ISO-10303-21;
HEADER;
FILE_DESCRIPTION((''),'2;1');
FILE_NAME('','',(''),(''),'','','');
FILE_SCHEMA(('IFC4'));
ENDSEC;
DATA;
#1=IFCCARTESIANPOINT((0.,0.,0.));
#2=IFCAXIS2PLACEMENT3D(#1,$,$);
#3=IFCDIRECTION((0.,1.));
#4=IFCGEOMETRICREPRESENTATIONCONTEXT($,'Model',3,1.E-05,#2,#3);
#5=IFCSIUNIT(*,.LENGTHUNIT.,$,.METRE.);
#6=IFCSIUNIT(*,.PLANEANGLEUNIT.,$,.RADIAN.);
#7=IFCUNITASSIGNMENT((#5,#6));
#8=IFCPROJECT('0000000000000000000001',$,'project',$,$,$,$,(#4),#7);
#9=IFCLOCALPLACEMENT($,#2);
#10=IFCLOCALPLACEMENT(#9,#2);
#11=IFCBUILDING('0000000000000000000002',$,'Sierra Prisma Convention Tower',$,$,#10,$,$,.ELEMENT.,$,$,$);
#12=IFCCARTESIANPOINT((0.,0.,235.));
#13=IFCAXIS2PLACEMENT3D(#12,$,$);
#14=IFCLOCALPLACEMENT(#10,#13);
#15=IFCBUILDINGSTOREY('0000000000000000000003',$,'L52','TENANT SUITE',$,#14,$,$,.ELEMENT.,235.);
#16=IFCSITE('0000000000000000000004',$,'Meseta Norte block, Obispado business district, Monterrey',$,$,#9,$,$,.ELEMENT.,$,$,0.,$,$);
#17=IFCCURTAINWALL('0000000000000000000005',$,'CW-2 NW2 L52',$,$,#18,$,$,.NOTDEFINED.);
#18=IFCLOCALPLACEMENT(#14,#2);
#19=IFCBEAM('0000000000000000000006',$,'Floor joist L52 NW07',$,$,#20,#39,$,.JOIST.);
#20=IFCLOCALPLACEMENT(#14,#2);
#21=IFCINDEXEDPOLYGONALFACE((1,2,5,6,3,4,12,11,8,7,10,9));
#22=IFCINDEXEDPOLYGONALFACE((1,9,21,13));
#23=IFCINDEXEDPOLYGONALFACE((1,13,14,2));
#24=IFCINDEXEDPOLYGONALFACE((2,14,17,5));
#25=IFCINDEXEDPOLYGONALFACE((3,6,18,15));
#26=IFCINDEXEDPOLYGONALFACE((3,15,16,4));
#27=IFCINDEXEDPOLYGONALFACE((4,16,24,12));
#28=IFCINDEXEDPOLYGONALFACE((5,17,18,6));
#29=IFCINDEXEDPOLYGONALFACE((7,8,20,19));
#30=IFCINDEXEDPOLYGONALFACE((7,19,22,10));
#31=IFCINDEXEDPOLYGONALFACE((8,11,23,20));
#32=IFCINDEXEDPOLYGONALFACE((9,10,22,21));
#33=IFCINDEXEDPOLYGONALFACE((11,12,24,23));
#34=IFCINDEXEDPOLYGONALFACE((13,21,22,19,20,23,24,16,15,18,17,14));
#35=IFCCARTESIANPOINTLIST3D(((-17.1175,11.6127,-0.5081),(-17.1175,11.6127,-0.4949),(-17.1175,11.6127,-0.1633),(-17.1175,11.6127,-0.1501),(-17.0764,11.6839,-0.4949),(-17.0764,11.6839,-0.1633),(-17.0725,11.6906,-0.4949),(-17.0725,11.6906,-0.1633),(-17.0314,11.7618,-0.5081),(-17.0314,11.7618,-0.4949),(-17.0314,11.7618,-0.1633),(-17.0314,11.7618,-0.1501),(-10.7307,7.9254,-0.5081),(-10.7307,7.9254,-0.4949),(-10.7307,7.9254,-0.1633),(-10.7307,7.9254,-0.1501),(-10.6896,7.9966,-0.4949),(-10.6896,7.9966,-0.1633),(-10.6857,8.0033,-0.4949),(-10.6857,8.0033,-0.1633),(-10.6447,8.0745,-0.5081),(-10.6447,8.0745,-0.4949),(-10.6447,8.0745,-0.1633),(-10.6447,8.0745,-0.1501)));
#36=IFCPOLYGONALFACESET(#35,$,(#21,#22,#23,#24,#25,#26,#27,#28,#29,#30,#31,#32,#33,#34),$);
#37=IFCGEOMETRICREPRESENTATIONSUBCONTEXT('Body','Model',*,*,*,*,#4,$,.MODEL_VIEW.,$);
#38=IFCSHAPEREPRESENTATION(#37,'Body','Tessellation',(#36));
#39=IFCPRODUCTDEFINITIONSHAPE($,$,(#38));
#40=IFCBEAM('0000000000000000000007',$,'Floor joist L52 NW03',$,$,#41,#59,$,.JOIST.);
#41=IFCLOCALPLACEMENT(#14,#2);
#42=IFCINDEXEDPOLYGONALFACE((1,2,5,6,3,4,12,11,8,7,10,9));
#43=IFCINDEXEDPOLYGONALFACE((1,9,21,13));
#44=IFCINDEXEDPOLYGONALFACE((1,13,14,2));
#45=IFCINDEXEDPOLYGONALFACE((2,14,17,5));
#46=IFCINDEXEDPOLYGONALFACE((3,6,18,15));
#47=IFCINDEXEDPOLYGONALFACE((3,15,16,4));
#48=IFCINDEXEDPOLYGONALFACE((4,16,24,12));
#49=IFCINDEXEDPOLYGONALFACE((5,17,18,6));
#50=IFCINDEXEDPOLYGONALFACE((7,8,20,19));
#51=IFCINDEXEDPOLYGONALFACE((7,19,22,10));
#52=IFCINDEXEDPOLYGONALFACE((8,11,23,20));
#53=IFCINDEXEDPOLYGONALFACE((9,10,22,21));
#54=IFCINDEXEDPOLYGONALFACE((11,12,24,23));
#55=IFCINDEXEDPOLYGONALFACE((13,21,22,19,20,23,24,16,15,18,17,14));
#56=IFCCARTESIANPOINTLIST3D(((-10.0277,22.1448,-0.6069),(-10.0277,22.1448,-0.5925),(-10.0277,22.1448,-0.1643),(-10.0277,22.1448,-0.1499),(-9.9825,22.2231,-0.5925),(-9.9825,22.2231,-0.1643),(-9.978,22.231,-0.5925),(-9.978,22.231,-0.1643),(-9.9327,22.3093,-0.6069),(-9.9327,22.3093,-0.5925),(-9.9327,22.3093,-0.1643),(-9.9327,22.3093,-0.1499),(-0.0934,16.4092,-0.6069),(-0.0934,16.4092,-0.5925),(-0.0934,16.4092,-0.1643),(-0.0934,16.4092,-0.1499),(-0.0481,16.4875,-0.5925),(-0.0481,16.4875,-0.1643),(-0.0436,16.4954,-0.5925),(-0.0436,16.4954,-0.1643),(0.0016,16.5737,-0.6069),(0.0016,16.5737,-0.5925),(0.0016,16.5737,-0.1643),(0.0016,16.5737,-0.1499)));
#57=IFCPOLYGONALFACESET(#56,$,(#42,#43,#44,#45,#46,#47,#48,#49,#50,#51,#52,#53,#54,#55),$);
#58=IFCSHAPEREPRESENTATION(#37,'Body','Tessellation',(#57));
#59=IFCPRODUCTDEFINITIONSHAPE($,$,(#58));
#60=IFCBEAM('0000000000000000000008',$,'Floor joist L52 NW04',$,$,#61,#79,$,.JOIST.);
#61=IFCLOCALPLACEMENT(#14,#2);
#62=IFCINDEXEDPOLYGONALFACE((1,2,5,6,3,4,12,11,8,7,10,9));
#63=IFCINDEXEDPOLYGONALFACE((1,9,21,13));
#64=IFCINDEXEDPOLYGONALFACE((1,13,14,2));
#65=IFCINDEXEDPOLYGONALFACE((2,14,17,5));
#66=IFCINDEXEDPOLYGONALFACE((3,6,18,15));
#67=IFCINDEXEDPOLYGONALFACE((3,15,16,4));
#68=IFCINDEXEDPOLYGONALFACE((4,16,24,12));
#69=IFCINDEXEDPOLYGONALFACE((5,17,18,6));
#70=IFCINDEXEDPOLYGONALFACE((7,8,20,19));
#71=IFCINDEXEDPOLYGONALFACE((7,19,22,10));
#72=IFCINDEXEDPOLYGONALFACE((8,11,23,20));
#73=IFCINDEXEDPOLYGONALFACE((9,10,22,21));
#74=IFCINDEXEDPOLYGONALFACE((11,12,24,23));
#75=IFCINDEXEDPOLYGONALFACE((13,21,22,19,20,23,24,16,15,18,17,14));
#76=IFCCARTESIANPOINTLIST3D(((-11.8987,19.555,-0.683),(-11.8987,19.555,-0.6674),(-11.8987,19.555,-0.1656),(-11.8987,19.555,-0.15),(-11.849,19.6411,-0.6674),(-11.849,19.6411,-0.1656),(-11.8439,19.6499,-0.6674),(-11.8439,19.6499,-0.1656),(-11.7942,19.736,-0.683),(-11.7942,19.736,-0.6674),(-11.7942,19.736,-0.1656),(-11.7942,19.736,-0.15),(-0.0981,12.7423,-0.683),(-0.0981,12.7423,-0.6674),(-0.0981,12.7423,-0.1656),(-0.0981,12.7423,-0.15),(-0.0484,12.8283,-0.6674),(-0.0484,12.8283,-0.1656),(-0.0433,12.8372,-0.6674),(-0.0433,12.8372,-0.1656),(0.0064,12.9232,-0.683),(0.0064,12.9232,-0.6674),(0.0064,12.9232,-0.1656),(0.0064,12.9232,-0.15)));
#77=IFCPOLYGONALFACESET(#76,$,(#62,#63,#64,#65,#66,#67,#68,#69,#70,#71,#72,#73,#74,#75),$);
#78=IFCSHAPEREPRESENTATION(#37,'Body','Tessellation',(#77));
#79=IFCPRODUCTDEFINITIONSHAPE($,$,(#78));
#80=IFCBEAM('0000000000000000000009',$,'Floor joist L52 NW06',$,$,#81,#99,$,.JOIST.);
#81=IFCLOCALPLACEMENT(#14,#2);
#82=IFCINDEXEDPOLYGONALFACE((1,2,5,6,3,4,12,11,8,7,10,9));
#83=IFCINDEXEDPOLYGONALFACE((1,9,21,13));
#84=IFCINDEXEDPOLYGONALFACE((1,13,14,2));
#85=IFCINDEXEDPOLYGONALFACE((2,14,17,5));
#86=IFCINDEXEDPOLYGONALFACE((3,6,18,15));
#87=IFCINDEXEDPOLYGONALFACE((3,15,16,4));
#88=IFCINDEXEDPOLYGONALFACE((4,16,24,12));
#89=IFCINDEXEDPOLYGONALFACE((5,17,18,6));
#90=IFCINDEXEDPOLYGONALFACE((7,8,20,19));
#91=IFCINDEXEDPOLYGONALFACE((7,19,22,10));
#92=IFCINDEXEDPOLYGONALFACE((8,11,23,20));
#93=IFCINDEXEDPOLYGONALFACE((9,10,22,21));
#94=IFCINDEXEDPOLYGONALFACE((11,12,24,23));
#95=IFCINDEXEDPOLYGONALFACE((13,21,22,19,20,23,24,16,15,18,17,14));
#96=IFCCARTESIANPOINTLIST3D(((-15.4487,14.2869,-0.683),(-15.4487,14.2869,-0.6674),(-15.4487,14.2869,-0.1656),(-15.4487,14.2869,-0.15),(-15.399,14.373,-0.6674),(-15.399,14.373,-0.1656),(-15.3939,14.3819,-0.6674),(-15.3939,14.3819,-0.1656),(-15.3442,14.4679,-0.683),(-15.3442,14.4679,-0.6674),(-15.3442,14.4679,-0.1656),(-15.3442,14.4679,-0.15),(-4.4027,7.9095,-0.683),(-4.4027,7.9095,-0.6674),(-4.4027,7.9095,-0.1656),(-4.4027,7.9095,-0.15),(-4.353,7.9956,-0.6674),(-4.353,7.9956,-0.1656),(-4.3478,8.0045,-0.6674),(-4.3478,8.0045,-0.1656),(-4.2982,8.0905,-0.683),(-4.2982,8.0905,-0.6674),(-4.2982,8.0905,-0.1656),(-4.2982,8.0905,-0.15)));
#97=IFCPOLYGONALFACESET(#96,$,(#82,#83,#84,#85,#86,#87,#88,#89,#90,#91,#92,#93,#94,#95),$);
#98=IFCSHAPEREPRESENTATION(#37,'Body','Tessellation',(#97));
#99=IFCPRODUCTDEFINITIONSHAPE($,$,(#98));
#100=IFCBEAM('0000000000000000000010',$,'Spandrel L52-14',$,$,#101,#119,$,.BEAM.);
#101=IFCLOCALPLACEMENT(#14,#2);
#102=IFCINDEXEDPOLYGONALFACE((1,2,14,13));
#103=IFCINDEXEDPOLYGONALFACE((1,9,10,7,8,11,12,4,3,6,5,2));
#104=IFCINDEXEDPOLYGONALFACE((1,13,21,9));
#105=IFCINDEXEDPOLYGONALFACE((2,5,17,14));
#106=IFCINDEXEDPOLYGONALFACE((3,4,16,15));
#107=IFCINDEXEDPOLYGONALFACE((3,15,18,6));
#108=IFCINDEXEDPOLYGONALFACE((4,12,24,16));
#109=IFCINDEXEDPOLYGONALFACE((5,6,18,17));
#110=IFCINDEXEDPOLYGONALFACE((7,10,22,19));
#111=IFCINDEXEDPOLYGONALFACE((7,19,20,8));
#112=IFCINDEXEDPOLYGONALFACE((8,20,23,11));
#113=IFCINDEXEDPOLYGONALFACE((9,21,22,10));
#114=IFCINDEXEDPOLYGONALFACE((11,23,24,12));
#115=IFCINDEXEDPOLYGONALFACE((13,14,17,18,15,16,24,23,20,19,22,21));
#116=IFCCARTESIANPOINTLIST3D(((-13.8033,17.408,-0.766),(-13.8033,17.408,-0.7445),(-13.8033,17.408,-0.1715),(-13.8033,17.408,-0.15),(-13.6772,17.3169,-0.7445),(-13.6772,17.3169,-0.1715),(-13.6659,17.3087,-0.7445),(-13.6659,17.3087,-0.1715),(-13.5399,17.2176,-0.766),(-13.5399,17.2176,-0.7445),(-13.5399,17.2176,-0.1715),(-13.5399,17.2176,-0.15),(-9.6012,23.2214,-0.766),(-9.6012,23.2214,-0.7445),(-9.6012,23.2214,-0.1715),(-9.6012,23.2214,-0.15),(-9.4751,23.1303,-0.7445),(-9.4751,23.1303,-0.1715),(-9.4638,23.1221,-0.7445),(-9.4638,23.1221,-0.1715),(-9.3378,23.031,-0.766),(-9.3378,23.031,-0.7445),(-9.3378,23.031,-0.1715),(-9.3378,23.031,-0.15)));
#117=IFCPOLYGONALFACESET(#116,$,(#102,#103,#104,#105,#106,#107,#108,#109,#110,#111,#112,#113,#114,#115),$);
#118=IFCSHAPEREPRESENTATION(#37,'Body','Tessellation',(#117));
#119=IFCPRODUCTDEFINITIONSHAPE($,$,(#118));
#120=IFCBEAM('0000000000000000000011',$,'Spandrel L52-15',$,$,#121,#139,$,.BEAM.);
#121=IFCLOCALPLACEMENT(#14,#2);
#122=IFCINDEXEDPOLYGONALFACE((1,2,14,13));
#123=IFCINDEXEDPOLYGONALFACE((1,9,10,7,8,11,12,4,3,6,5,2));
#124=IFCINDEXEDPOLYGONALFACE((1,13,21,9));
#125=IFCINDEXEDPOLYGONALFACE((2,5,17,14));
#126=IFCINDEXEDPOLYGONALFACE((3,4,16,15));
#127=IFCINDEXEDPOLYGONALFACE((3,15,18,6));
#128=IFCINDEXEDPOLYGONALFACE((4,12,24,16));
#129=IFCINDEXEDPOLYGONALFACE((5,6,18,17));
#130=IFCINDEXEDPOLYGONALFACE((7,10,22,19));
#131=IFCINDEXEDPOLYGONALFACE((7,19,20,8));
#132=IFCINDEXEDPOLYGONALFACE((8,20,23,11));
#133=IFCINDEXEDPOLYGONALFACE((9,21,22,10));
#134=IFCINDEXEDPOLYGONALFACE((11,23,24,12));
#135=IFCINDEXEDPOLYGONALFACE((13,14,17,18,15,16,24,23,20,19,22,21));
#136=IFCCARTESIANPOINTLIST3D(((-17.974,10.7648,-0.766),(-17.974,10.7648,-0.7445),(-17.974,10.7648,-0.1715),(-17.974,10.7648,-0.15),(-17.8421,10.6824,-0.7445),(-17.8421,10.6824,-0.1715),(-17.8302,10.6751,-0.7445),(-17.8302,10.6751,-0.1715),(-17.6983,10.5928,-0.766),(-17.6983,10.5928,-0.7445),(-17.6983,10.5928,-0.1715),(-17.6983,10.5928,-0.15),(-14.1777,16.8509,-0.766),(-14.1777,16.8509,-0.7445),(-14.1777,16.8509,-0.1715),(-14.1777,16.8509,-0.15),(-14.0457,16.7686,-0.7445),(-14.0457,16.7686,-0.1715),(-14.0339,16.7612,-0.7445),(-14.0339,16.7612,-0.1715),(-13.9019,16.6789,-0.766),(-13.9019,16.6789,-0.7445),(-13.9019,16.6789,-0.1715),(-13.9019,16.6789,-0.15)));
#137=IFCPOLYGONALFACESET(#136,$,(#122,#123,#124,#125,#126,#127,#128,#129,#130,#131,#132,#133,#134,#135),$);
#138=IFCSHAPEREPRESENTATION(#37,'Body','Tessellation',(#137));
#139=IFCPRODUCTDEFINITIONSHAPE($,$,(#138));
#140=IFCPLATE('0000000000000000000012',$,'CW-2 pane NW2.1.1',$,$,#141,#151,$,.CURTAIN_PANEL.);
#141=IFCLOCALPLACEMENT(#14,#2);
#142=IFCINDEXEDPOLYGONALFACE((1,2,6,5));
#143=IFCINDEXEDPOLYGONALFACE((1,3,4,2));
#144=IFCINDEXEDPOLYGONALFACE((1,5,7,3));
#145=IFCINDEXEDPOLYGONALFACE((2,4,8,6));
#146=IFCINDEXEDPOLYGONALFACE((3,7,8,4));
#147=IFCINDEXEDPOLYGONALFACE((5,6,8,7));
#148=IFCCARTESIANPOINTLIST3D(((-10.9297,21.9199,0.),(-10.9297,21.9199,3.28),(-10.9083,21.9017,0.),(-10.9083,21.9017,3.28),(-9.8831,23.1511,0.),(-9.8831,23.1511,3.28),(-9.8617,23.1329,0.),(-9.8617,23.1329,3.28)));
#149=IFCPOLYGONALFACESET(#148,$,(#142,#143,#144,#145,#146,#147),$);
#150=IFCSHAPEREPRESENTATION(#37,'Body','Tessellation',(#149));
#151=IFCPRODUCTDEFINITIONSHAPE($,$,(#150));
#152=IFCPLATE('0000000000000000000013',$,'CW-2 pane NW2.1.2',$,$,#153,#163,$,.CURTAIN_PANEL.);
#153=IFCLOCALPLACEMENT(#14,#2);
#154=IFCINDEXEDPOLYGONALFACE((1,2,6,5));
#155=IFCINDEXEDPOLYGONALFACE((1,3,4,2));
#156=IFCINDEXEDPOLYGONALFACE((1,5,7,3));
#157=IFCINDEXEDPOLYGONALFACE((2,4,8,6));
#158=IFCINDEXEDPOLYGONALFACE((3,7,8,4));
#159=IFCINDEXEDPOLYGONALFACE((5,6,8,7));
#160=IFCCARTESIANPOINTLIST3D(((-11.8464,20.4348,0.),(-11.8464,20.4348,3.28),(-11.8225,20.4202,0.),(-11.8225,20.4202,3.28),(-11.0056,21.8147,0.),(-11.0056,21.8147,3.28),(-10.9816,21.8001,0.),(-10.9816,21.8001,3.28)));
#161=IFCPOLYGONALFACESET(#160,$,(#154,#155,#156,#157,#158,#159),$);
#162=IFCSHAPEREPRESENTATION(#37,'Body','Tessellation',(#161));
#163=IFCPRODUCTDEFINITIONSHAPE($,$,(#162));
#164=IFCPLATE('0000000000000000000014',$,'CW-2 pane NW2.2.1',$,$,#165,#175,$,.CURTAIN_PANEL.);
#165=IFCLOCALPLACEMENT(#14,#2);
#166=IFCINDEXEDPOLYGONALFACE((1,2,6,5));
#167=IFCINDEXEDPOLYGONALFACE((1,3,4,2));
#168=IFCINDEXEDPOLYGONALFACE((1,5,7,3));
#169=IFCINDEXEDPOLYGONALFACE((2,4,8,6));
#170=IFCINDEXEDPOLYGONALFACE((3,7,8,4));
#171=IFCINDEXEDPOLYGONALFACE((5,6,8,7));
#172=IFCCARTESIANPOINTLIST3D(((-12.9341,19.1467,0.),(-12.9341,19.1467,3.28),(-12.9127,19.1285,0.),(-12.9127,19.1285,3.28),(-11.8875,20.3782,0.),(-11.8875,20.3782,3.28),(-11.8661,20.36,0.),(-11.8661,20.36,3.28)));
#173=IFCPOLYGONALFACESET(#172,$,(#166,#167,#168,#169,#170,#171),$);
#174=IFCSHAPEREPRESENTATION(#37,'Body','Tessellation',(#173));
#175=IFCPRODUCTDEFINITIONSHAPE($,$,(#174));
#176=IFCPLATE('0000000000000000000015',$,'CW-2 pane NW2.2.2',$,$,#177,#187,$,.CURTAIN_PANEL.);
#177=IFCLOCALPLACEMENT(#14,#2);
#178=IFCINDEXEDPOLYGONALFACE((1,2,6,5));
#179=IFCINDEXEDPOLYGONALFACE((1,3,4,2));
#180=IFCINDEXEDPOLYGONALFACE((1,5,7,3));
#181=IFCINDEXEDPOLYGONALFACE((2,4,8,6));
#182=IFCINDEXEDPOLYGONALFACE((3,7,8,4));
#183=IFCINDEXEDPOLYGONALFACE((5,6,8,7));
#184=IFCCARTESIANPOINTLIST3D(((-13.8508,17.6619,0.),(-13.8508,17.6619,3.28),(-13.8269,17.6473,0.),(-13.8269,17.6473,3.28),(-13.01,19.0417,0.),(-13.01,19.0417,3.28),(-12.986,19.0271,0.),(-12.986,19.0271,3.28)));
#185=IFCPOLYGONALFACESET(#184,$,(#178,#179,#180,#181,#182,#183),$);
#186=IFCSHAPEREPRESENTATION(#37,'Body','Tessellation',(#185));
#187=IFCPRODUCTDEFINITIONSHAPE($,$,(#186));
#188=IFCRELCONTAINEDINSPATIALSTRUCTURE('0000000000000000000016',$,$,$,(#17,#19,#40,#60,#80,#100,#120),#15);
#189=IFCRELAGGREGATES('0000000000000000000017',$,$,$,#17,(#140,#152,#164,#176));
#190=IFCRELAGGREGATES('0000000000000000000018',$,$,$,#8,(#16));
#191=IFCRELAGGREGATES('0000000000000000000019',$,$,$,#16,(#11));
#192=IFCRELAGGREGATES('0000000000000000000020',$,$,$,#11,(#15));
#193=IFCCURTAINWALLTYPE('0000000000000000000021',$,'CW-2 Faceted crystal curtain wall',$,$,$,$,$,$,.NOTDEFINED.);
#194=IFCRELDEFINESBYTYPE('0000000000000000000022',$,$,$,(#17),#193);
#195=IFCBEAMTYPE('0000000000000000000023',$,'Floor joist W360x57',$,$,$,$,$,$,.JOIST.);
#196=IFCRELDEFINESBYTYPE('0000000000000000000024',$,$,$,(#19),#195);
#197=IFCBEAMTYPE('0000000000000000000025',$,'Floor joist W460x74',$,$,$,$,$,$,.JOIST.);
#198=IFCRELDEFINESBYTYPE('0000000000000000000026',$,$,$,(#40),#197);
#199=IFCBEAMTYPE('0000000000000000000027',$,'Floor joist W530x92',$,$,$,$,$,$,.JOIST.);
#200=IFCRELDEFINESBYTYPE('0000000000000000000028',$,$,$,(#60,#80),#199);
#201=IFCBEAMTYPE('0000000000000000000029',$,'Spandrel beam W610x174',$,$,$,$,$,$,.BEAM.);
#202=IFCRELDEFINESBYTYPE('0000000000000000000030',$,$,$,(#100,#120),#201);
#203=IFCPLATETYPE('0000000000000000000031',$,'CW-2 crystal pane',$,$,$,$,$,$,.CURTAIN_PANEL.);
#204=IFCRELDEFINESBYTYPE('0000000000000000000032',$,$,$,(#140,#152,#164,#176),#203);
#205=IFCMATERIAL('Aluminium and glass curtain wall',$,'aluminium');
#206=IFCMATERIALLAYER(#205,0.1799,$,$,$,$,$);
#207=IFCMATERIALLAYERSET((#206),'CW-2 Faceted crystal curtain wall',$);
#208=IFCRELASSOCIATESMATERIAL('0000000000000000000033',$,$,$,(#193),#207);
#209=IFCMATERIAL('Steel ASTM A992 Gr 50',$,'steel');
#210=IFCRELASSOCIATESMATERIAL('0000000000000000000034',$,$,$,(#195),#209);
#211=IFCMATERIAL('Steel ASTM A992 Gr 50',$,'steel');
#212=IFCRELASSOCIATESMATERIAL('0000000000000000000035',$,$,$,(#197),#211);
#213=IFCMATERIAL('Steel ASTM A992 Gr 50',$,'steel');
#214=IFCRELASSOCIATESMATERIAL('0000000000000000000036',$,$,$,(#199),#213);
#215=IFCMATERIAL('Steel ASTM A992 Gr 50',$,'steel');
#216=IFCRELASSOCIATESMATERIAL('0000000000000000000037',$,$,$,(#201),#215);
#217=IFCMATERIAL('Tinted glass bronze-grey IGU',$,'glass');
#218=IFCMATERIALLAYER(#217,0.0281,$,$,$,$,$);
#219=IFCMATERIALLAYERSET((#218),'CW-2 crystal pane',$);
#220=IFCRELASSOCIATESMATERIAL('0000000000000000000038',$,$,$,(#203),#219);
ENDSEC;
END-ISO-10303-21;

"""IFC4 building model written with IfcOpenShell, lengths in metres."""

from ifc_helpers import new_model, si_unit, direction, frame, origin, origin_2d, place, context, subcontext, project, spatial, polyline, i_section, outline, extrude, material, layer, layer_set, material_profile, profile_set, type_object, element, aggregate, save


model = new_model("IFC4")

# Units and contexts
model_context = context("Model", 3, precision=1e-05, world=origin(), true_north=direction((0.0, 1.0)))
body_context = subcontext(model_context, "Body", "Model", "MODEL_VIEW")
ifc_project = project(units=[si_unit("LENGTHUNIT", "METRE"), si_unit("PLANEANGLEUNIT", "RADIAN")], contexts=[model_context])

# Site, building, storey
site_placement = place(None, origin())
site = spatial("IfcSite", under=ifc_project, at=site_placement, Name="Meseta Norte block, Obispado business district, Monterrey", CompositionType="ELEMENT", RefElevation=0.0)
building_placement = place(site_placement, origin())
building = spatial("IfcBuilding", under=site, at=building_placement, Name="Sierra Prisma Convention Tower", CompositionType="ELEMENT")
storey_placement = place(building_placement, frame((0.0, 0.0, 235.0)))
storey = spatial("IfcBuildingStorey", under=building, at=storey_placement, Name="L52", Description="TENANT SUITE", CompositionType="ELEMENT", Elevation=235.0)

# Curtain wall
ifc_material_1 = material(Name="Aluminium and glass curtain wall", Category="aluminium")
ifc_layer_1 = layer(ifc_material_1, 0.1799)
ifc_layer_set_1 = layer_set([ifc_layer_1], Name="CW-2 Faceted crystal curtain wall")
curtain_wall_type = type_object("IfcCurtainWallType", Name="CW-2 Faceted crystal curtain wall", PredefinedType="NOTDEFINED", material=ifc_layer_set_1)
curtain_wall_1_placement = place(storey_placement, origin())
curtain_wall_1 = element("IfcCurtainWall", 1, at=curtain_wall_1_placement, inside=storey, type_object=curtain_wall_type, Name="CW-2 NW2 L52", PredefinedType="NOTDEFINED")

# Beams
ifc_material_2 = material(Name="Steel ASTM A992 Gr 50", Category="steel")
ifc_material_profile_1 = material_profile(ifc_material_2, i_section(OverallWidth=0.1721, OverallDepth=0.3579, WebThickness=0.0078, FlangeThickness=0.0132, at=origin_2d()), Name="W360x57")
ifc_profile_set_1 = profile_set([ifc_material_profile_1], Name="Steel ASTM A992 Gr 50")
beam_type_1 = type_object("IfcBeamType", Name="Floor joist W360x57", PredefinedType="JOIST", material=ifc_profile_set_1)
beam_1_placement = place(storey_placement, frame((-17.0745, 11.6873, -0.3291), z_axis=(0.866032, -0.499988, 0.0), x_axis=(0.499988, 0.866032, 0.0)))
element("IfcBeam", 2, at=beam_1_placement, inside=storey, type_object=beam_type_1, Name="Floor joist L52 NW07", PredefinedType="JOIST", context=body_context, shape_type="SweptSolid", body=[
    extrude(i_section(OverallWidth=0.1721, OverallDepth=0.3579, WebThickness=0.0078, FlangeThickness=0.0132, at=origin_2d()), origin(), (0.0, 0.0, 1.0), 7.3748),
])
ifc_material_3 = material(Name="Steel ASTM A992 Gr 50", Category="steel")
ifc_material_profile_2 = material_profile(ifc_material_3, i_section(OverallWidth=0.1899, OverallDepth=0.457, WebThickness=0.009, FlangeThickness=0.0144, at=origin_2d()), Name="W460x74")
ifc_profile_set_2 = profile_set([ifc_material_profile_2], Name="Steel ASTM A992 Gr 50")
beam_type_2 = type_object("IfcBeamType", Name="Floor joist W460x74", PredefinedType="JOIST", material=ifc_profile_set_2)
beam_2_placement = place(storey_placement, frame((-9.9802, 22.2271, -0.3784), z_axis=(0.866025, -0.500001, 0.0), x_axis=(0.500001, 0.866025, 0.0)))
element("IfcBeam", 3, at=beam_2_placement, inside=storey, type_object=beam_type_2, Name="Floor joist L52 NW03", PredefinedType="JOIST", context=body_context, shape_type="SweptSolid", body=[
    extrude(i_section(OverallWidth=0.1899, OverallDepth=0.457, WebThickness=0.009, FlangeThickness=0.0144, at=origin_2d()), origin(), (0.0, 0.0, 1.0), 11.4712),
])
ifc_material_4 = material(Name="Steel ASTM A992 Gr 50", Category="steel")
ifc_material_profile_3 = material_profile(ifc_material_4, i_section(OverallWidth=0.209, OverallDepth=0.533, WebThickness=0.0103, FlangeThickness=0.0156, at=origin_2d()), Name="W530x92")
ifc_profile_set_3 = profile_set([ifc_material_profile_3], Name="Steel ASTM A992 Gr 50")
beam_type_3 = type_object("IfcBeamType", Name="Floor joist W530x92", PredefinedType="JOIST", material=ifc_profile_set_3)
beam_3_placement = place(storey_placement, frame((-11.8464, 19.6455, -0.4165), z_axis=(0.866035, -0.499984, 0.0), x_axis=(0.499984, 0.866035, 0.0)))
element("IfcBeam", 4, at=beam_3_placement, inside=storey, type_object=beam_type_3, Name="Floor joist L52 NW04", PredefinedType="JOIST", context=body_context, shape_type="SweptSolid", body=[
    extrude(i_section(OverallWidth=0.209, OverallDepth=0.533, WebThickness=0.0103, FlangeThickness=0.0156, at=origin_2d()), origin(), (0.0, 0.0, 1.0), 13.626),
])
beam_4_placement = place(storey_placement, frame((-15.3965, 14.3774, -0.4165), z_axis=(0.866027, -0.499997, 0.0), x_axis=(0.499997, 0.866027, 0.0)))
element("IfcBeam", 5, at=beam_4_placement, inside=storey, type_object=beam_type_3, Name="Floor joist L52 NW06", PredefinedType="JOIST", context=body_context, shape_type="SweptSolid", body=[
    extrude(i_section(OverallWidth=0.209, OverallDepth=0.533, WebThickness=0.0103, FlangeThickness=0.0156, at=origin_2d()), origin(), (0.0, 0.0, 1.0), 12.7549),
])
ifc_material_5 = material(Name="Steel ASTM A992 Gr 50", Category="steel")
ifc_material_profile_4 = material_profile(ifc_material_5, i_section(OverallWidth=0.325, OverallDepth=0.616, WebThickness=0.0139, FlangeThickness=0.0215, at=origin_2d()), Name="W610x174")
ifc_profile_set_4 = profile_set([ifc_material_profile_4], Name="Steel ASTM A992 Gr 50")
beam_type_4 = type_object("IfcBeamType", Name="Spandrel beam W610x174", PredefinedType="BEAM", material=ifc_profile_set_4)
for number, where, z_axis, x_axis, name in (
    (6, (-9.4695, 23.1262, -0.458), (-0.585814, -0.810446, 0.0), (0.810446, -0.585814, 0.0), "Spandrel L52-14"),
    (7, (-14.0398, 16.7649, -0.458), (-0.529249, -0.848466, 0.0), (0.848466, -0.529249, 0.0), "Spandrel L52-15"),
):
    element("IfcBeam", number, at=place(storey_placement, frame(where, z_axis=z_axis, x_axis=x_axis)), inside=storey, type_object=beam_type_4, Name=name, PredefinedType="BEAM", context=body_context, shape_type="SweptSolid", body=[
        extrude(i_section(OverallWidth=0.325, OverallDepth=0.616, WebThickness=0.0139, FlangeThickness=0.0215, at=origin_2d()), origin(), (0.0, 0.0, 1.0), 7.1731),
    ])

# Plates
ifc_material_6 = material(Name="Tinted glass bronze-grey IGU", Category="glass")
ifc_layer_2 = layer(ifc_material_6, 0.0281)
ifc_layer_set_2 = layer_set([ifc_layer_2], Name="CW-2 crystal pane")
plate_type = type_object("IfcPlateType", Name="CW-2 crystal pane", PredefinedType="CURTAIN_PANEL", material=ifc_layer_set_2)
plate_1_placement = place(storey_placement, frame((-9.8831, 23.1511, 0.0), z_axis=(-0.761906, 0.647688, 0.0), x_axis=(-0.647688, -0.761906, 0.0)))
plate_1 = element("IfcPlate", 8, at=plate_1_placement, type_object=plate_type, Name="CW-2 pane NW2.1.1", PredefinedType="CURTAIN_PANEL", context=body_context, shape_type="SweptSolid", body=[
    extrude(outline(polyline([(0.0, 0.0), (1.6159, 0.0), (1.6159, 3.28), (0.0, 3.28), (0.0, 0.0)])), origin(), (0.0, 0.0, -1.0), 0.0281),
])
plate_2_placement = place(storey_placement, frame((-11.8464, 20.4348, 0.0), z_axis=(-0.853953, 0.52035, 0.0), x_axis=(0.52035, 0.853953, 0.0)))
plate_2 = element("IfcPlate", 9, at=plate_2_placement, type_object=plate_type, Name="CW-2 pane NW2.1.2", PredefinedType="CURTAIN_PANEL", context=body_context, shape_type="SweptSolid", body=[
    extrude(outline(polyline([(0.0, 0.0), (1.6159, 0.0), (1.6159, -3.28), (0.0, -3.28), (0.0, 0.0)])), origin(), (0.0, 0.0, -1.0), 0.0281),
])
plate_3_placement = place(storey_placement, frame((-11.8875, 20.3782, 0.0), z_axis=(-0.761969, 0.647613, 0.0), x_axis=(-0.647613, -0.761969, 0.0)))
plate_3 = element("IfcPlate", 10, at=plate_3_placement, type_object=plate_type, Name="CW-2 pane NW2.2.1", PredefinedType="CURTAIN_PANEL", context=body_context, shape_type="SweptSolid", body=[
    extrude(outline(polyline([(0.0, 0.0), (1.6161, 0.0), (1.6161, 3.28), (0.0, 3.28), (0.0, 0.0)])), origin(), (0.0, 0.0, -1.0), 0.0281),
])
plate_4_placement = place(storey_placement, frame((-13.8508, 17.6619, 0.0), z_axis=(-0.853953, 0.52035, 0.0), x_axis=(0.52035, 0.853953, 0.0)))
plate_4 = element("IfcPlate", 11, at=plate_4_placement, type_object=plate_type, Name="CW-2 pane NW2.2.2", PredefinedType="CURTAIN_PANEL", context=body_context, shape_type="SweptSolid", body=[
    extrude(outline(polyline([(0.0, 0.0), (1.6159, 0.0), (1.6159, -3.28), (0.0, -3.28), (0.0, 0.0)])), origin(), (0.0, 0.0, -1.0), 0.0281),
])
aggregate(curtain_wall_1, [plate_1, plate_2, plate_3, plate_4])

save(model, "model.ifc")
